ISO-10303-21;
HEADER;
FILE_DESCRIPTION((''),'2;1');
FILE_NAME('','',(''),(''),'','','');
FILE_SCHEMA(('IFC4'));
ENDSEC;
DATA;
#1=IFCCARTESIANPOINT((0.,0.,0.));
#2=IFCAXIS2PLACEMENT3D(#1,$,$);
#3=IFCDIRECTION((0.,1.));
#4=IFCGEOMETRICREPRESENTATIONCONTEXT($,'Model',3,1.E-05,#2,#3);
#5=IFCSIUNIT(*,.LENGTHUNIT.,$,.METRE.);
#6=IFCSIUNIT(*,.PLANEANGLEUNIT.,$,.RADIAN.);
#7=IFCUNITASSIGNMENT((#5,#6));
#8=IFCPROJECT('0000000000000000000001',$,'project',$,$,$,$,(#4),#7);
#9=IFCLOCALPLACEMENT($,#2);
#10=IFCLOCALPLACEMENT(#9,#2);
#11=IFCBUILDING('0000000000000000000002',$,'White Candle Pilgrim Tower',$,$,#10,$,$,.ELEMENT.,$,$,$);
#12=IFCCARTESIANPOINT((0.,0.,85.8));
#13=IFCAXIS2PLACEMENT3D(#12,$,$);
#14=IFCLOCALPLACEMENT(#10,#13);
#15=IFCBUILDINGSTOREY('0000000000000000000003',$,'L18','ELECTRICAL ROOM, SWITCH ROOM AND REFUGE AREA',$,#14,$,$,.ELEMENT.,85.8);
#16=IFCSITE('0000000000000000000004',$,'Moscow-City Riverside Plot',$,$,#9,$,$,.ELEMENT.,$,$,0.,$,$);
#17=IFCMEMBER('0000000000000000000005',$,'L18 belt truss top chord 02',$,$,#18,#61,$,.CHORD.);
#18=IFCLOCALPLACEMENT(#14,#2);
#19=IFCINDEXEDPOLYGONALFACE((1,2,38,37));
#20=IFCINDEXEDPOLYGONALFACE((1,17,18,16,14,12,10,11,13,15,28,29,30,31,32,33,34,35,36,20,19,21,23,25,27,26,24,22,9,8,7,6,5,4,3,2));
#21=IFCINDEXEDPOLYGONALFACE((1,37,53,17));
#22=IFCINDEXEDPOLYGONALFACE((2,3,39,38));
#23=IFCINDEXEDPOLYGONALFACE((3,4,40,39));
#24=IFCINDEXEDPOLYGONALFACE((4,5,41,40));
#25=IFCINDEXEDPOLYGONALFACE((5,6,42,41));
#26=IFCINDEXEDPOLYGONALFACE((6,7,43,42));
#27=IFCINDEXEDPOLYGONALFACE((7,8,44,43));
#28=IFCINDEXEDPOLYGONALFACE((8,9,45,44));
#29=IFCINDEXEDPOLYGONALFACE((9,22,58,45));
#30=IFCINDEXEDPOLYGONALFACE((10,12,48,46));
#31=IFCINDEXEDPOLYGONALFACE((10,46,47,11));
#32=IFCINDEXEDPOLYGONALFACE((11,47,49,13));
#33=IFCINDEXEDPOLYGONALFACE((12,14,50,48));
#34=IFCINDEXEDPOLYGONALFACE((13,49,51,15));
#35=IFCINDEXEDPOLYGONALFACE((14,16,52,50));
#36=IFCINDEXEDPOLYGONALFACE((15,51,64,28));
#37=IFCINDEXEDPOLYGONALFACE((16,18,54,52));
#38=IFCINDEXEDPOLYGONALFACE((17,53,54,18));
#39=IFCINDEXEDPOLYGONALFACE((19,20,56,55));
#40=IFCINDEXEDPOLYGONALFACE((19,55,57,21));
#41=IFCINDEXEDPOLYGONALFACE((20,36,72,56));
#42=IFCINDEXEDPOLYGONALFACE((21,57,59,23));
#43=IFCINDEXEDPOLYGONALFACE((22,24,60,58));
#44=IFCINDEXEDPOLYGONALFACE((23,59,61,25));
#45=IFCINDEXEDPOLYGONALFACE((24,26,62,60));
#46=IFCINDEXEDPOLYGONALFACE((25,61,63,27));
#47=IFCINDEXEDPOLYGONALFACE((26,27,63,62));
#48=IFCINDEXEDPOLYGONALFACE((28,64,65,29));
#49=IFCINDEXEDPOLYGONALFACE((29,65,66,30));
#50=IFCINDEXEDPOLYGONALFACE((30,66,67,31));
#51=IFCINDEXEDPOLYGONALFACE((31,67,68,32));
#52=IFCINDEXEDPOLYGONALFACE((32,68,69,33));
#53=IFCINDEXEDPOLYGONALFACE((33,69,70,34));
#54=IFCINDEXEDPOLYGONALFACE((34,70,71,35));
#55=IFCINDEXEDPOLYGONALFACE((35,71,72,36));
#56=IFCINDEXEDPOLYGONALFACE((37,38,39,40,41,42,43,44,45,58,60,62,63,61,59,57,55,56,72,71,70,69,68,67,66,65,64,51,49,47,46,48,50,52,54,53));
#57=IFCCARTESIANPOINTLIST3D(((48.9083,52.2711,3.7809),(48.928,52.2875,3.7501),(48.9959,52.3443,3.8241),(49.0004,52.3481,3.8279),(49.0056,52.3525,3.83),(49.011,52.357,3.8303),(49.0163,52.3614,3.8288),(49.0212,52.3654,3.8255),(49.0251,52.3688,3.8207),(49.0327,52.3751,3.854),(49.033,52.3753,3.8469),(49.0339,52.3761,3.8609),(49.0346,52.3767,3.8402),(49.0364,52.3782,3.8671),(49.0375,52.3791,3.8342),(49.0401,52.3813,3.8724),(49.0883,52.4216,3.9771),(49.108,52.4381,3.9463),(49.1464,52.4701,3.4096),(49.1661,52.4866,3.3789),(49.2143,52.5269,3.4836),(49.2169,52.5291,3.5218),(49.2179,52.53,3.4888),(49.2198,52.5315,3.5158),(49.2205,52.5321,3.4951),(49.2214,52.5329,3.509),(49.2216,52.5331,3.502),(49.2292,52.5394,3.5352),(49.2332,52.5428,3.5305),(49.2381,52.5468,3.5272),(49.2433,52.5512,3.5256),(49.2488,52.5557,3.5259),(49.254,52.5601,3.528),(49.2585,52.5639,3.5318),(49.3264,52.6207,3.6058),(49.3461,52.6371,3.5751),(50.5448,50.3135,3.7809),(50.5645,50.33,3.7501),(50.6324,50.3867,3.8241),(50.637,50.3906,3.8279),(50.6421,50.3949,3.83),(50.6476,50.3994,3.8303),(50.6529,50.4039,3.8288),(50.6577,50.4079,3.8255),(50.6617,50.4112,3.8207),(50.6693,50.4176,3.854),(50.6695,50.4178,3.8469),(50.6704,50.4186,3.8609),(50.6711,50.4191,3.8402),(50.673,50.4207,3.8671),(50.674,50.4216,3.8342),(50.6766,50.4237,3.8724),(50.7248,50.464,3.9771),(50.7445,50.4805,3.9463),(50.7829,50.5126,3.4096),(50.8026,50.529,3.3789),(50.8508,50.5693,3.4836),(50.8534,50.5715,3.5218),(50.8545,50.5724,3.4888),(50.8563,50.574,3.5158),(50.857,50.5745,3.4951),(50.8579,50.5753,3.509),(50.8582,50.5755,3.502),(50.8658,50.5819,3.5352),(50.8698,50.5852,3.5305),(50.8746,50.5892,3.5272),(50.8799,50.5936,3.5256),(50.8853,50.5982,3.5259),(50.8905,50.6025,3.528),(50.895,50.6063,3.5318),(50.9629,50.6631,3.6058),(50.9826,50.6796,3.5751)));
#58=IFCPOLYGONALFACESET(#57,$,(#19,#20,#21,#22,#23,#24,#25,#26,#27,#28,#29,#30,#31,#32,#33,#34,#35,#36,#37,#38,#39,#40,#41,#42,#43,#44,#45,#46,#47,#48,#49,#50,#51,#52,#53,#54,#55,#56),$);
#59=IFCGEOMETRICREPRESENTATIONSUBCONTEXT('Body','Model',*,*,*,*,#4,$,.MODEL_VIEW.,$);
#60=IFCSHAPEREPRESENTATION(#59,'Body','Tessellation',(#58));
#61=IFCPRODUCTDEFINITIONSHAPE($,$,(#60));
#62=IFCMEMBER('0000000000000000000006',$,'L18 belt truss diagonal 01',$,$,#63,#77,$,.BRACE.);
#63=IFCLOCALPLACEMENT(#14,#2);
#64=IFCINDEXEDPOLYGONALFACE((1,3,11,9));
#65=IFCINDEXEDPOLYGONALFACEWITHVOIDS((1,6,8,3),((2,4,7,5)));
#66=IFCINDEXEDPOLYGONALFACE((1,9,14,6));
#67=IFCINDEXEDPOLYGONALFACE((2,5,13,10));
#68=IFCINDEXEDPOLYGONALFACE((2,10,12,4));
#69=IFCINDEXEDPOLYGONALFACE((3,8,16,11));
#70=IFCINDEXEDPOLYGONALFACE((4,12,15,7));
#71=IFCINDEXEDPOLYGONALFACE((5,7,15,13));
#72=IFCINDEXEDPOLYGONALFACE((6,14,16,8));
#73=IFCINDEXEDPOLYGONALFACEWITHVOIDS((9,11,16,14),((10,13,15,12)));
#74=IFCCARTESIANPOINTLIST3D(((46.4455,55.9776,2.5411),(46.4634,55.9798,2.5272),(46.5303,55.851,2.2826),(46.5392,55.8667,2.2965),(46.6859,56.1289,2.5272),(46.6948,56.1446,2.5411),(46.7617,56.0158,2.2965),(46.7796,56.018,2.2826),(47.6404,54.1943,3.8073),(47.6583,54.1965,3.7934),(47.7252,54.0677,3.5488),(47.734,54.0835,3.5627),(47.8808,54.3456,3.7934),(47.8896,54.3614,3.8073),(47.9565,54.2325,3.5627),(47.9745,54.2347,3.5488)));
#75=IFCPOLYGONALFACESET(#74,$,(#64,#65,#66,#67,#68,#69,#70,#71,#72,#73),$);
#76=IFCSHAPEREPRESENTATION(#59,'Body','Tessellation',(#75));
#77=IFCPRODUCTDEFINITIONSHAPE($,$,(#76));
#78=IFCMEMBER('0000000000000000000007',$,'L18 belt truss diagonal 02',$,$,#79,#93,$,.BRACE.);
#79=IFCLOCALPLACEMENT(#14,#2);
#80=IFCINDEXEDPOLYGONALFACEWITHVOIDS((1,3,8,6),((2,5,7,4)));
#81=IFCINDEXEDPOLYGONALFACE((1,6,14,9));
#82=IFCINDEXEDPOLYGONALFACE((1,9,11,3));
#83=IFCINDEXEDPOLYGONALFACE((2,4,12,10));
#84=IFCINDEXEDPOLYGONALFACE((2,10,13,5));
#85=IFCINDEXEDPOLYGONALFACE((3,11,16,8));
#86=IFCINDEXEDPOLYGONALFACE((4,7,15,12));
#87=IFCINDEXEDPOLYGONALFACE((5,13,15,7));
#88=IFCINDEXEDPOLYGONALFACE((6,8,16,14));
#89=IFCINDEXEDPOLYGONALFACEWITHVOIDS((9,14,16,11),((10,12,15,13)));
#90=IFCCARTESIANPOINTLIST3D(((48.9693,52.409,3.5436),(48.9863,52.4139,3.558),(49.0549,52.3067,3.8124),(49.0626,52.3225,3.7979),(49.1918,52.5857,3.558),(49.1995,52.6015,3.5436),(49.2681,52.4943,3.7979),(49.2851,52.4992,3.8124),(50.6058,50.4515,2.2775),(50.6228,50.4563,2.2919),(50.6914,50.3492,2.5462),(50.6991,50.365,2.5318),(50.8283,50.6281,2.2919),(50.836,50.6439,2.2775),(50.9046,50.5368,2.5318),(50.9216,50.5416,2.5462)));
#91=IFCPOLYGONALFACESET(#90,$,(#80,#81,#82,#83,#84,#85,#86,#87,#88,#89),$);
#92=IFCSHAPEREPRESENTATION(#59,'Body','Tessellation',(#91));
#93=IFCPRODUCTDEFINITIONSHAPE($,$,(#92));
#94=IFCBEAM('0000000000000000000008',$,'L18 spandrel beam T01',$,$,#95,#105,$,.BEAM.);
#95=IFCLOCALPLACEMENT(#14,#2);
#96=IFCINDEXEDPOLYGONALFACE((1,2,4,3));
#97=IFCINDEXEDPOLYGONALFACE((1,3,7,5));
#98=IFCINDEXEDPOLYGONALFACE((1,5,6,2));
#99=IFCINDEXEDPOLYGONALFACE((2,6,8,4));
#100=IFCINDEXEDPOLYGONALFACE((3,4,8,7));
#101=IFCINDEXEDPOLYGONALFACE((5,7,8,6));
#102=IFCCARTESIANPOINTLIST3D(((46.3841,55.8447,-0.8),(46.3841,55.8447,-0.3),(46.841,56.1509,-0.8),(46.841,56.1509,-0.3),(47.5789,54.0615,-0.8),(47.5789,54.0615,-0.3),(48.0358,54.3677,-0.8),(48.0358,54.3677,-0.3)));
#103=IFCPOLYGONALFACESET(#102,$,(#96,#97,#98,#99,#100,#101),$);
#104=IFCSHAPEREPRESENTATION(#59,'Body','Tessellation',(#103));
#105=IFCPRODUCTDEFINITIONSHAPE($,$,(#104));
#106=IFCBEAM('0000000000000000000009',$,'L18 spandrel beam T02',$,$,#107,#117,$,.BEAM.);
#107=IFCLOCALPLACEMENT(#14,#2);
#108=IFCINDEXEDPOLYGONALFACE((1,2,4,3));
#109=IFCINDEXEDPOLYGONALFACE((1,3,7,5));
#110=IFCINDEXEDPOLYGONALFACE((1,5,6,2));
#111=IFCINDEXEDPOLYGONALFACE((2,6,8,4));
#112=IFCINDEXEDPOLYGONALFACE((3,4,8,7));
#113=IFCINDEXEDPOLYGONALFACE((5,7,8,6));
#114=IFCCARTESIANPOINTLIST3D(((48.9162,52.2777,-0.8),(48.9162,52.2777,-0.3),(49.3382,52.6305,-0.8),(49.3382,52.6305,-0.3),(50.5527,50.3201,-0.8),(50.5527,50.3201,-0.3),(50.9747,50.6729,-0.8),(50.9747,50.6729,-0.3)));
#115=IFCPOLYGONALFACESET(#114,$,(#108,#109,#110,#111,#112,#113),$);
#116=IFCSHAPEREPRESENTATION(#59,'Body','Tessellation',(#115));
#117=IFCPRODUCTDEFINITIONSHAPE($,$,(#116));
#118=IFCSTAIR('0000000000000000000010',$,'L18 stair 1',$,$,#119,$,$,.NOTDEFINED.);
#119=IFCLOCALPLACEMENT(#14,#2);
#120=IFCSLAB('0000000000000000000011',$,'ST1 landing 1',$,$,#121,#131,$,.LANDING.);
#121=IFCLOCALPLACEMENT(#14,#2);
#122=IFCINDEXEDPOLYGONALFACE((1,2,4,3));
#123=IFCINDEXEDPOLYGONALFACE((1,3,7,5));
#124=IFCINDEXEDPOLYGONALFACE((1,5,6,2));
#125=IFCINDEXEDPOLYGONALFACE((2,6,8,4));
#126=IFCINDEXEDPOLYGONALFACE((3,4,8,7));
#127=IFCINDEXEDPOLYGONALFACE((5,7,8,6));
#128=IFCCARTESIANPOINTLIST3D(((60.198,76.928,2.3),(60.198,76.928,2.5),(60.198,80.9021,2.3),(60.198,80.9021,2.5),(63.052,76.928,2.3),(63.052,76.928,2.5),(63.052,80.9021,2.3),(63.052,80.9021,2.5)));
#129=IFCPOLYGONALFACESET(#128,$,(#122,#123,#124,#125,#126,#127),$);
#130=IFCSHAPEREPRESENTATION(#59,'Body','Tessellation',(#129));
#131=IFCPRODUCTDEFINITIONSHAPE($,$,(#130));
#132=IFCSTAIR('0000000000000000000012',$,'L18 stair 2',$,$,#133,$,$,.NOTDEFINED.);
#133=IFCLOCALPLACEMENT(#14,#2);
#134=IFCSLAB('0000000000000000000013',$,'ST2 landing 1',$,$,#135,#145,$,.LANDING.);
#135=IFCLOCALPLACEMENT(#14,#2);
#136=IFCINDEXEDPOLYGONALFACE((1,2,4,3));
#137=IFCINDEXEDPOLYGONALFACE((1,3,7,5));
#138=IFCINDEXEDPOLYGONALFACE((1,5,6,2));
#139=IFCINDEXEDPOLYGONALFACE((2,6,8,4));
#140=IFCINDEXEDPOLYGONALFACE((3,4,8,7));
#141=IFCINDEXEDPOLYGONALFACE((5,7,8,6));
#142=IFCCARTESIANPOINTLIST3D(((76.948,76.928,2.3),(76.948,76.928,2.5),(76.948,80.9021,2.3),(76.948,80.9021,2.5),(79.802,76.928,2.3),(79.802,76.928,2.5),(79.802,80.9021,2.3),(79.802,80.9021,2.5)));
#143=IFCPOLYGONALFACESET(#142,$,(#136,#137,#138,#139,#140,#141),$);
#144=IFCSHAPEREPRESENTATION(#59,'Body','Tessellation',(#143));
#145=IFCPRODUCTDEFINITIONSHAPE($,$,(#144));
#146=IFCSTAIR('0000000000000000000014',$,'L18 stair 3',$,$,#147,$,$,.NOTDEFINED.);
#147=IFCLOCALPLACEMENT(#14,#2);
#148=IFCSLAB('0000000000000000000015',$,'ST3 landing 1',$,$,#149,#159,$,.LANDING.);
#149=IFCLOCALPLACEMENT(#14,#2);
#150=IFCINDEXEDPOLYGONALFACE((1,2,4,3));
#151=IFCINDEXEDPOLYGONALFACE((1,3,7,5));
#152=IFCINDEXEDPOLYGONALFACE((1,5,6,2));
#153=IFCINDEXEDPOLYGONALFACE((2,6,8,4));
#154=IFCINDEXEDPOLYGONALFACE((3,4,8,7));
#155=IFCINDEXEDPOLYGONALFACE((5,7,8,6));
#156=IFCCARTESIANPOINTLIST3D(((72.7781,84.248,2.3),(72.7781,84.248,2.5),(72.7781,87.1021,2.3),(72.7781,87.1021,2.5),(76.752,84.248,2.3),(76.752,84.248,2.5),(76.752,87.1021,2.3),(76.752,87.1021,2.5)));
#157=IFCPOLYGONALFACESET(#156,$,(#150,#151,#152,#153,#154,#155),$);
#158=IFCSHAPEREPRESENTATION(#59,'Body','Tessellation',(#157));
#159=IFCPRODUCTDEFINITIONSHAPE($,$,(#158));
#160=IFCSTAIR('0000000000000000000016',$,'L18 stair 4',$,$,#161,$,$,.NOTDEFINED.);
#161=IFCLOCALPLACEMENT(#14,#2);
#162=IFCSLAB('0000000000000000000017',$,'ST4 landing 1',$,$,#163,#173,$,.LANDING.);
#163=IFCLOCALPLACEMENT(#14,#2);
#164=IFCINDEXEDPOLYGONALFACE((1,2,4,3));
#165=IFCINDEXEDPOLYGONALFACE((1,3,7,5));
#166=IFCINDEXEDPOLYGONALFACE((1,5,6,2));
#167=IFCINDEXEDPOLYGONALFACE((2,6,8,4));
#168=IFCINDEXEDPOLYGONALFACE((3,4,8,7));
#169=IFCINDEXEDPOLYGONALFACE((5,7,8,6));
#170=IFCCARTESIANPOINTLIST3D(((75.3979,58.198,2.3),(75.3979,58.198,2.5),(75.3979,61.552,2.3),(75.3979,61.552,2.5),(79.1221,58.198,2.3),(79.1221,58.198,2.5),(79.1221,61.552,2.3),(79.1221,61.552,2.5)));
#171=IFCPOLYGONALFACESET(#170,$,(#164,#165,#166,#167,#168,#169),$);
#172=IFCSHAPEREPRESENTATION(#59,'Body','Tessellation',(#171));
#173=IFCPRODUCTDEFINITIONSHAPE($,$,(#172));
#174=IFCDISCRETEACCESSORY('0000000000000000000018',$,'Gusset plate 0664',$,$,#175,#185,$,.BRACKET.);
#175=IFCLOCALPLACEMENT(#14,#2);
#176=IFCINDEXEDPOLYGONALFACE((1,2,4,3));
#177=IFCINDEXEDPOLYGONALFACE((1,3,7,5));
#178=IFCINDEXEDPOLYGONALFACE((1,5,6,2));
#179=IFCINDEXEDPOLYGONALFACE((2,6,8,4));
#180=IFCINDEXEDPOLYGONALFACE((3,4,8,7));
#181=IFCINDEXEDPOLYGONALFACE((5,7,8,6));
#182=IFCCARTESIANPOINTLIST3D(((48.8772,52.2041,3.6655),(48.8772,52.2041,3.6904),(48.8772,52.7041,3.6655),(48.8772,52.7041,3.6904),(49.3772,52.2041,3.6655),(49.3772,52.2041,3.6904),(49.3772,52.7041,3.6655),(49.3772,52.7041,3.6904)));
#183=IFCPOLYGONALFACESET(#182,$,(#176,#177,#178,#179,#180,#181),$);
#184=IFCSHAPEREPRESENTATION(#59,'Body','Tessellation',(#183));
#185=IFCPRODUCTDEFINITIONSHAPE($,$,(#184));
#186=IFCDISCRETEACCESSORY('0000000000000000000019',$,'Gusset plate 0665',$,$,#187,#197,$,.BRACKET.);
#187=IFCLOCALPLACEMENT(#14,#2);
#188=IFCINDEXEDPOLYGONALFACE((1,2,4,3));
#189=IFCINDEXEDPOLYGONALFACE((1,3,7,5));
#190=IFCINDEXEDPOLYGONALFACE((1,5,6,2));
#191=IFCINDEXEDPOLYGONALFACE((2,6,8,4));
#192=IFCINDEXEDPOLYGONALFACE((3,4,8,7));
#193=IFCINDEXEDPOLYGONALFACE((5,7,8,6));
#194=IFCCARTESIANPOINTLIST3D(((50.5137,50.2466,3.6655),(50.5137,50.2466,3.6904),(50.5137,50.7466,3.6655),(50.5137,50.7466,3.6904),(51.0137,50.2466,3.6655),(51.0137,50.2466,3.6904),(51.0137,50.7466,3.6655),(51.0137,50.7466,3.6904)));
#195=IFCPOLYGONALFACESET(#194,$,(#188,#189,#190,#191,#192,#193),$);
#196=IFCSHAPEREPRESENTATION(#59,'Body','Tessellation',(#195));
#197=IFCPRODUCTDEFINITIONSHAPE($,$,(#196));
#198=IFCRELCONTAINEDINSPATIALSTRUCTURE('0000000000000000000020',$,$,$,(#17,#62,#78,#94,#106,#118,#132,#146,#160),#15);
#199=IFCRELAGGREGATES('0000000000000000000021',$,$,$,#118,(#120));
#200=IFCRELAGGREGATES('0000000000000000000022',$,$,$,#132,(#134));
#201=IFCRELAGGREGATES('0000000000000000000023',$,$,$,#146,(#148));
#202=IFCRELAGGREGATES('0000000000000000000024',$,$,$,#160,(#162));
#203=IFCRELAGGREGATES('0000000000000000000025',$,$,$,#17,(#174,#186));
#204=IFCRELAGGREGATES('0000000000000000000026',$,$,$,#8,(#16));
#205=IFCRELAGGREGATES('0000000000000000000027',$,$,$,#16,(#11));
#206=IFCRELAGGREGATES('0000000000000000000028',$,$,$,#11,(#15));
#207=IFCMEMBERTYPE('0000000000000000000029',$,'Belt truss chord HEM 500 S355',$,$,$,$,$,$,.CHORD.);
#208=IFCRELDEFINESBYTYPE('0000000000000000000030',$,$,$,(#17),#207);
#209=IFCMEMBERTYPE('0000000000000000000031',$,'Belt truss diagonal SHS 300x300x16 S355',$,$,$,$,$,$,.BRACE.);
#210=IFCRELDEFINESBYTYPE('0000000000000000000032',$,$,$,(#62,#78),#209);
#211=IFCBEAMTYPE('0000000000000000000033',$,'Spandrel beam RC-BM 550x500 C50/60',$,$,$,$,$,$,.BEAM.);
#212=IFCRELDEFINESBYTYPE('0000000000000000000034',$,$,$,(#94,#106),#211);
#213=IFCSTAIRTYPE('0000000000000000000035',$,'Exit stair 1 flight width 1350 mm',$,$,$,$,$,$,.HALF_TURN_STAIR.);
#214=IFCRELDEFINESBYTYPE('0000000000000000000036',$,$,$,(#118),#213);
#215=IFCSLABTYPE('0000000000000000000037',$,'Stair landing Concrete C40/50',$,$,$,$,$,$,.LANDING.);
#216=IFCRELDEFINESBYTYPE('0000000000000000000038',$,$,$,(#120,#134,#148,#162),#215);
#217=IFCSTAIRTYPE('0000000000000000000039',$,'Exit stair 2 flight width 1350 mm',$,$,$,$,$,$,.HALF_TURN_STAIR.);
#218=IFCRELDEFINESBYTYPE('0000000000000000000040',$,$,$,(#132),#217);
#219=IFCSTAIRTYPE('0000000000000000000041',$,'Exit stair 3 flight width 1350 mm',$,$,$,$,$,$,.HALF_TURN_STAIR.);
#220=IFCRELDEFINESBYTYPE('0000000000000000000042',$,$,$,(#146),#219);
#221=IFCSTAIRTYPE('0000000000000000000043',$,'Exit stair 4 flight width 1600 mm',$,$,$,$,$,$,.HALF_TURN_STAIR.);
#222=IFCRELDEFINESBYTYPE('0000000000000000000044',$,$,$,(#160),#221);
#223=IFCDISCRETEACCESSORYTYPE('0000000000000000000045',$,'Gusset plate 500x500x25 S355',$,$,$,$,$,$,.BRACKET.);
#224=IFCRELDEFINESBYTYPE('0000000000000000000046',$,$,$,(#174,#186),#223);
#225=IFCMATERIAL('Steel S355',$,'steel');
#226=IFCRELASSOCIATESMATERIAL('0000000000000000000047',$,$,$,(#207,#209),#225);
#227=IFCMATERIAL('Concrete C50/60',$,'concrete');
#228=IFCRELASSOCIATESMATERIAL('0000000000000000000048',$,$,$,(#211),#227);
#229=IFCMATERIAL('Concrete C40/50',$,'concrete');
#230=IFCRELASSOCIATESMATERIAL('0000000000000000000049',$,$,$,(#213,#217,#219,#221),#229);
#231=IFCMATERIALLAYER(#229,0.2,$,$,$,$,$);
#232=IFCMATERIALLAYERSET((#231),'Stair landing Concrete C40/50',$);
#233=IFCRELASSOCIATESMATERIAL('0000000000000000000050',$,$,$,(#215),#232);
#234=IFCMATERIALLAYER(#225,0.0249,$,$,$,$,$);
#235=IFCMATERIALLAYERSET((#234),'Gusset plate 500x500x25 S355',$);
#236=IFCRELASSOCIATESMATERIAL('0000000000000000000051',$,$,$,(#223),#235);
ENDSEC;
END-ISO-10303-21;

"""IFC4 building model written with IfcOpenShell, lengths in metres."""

from ifc_helpers import new_model, si_unit, direction, frame, origin, origin_2d, place, context, subcontext, project, spatial, polyline, rectangle, hollow_rectangle, i_section, outline, extrude, material, layer, layer_set, material_profile, profile_set, type_object, element, aggregate, save


model = new_model("IFC4")

# Units and contexts
model_context = context("Model", 3, precision=1e-05, world=origin(), true_north=direction((0.0, 1.0)))
body_context = subcontext(model_context, "Body", "Model", "MODEL_VIEW")
ifc_project = project(units=[si_unit("LENGTHUNIT", "METRE"), si_unit("PLANEANGLEUNIT", "RADIAN")], contexts=[model_context])

# Site, building, storey
site_placement = place(None, origin())
site = spatial("IfcSite", under=ifc_project, at=site_placement, Name="Moscow-City Riverside Plot", CompositionType="ELEMENT", RefElevation=0.0)
building_placement = place(site_placement, origin())
building = spatial("IfcBuilding", under=site, at=building_placement, Name="White Candle Pilgrim Tower", CompositionType="ELEMENT")
storey_placement = place(building_placement, frame((0.0, 0.0, 85.8)))
storey = spatial("IfcBuildingStorey", under=building, at=storey_placement, Name="L18", Description="ELECTRICAL ROOM, SWITCH ROOM AND REFUGE AREA", CompositionType="ELEMENT", Elevation=85.8)

# Member
ifc_material_1 = material(Name="Steel S355", Category="steel")
ifc_material_profile_1 = material_profile(ifc_material_1, i_section(OverallWidth=0.3059, OverallDepth=0.5239, WebThickness=0.021, FlangeThickness=0.04, FilletRadius=0.0271, at=origin_2d()), Name="HEM 500")
ifc_profile_set_1 = profile_set([ifc_material_profile_1], Name="Steel S355")
member_type_1 = type_object("IfcMemberType", Name="Belt truss chord HEM 500 S355", PredefinedType="CHORD", material=ifc_profile_set_1)
member_1_placement = place(storey_placement, frame((49.1272, 52.4541, 3.678), z_axis=(0.641388, -0.767216, 0.0), x_axis=(0.588617, 0.492081, 0.641394)))
member_1 = element("IfcMember", 1, at=member_1_placement, inside=storey, type_object=member_type_1, Name="L18 belt truss top chord 02", PredefinedType="CHORD", context=body_context, shape_type="SweptSolid", body=[
    extrude(i_section(OverallWidth=0.3059, OverallDepth=0.5239, WebThickness=0.021, FlangeThickness=0.04, FilletRadius=0.0271, at=origin_2d()), origin(), (0.0, 0.0, 1.0), 2.5515),
])

# Members
ifc_material_profile_2 = material_profile(ifc_material_1, hollow_rectangle(XDim=0.3, YDim=0.3, WallThickness=0.0161, at=origin_2d()), Name="SHS 300x300x16")
ifc_profile_set_2 = profile_set([ifc_material_profile_2], Name="Steel S355")
member_type_2 = type_object("IfcMemberType", Name="Belt truss diagonal SHS 300x300x16 S355", PredefinedType="BRACE", material=ifc_profile_set_2)
member_2_placement = place(storey_placement, frame((46.6125, 55.9978, 2.4119), z_axis=(0.479449, -0.715548, 0.508055), x_axis=(0.830753, 0.556641, 0.0)))
element("IfcMember", 2, at=member_2_placement, inside=storey, type_object=member_type_2, Name="L18 belt truss diagonal 01", PredefinedType="BRACE", context=body_context, shape_type="SweptSolid", body=[
    extrude(hollow_rectangle(XDim=0.3, YDim=0.3, WallThickness=0.0161, at=origin_2d()), origin(), (0.0, 0.0, 1.0), 2.4922),
])
member_3_placement = place(storey_placement, frame((49.1272, 52.4541, 3.678), z_axis=(0.574539, -0.687252, -0.444511), x_axis=(0.767216, 0.641388, 0.0)))
element("IfcMember", 3, at=member_3_placement, inside=storey, type_object=member_type_2, Name="L18 belt truss diagonal 02", PredefinedType="BRACE", context=body_context, shape_type="SweptSolid", body=[
    extrude(hollow_rectangle(XDim=0.3, YDim=0.3, WallThickness=0.0161, at=origin_2d()), origin(), (0.0, 0.0, 1.0), 2.8484),
])

# Beams
ifc_material_2 = material(Name="Concrete C50/60", Category="concrete")
ifc_material_profile_3 = material_profile(ifc_material_2, rectangle(XDim=0.55, YDim=0.5, at=origin_2d()), Name="RC-BM 550x500")
ifc_profile_set_3 = profile_set([ifc_material_profile_3], Name="Concrete C50/60")
beam_type = type_object("IfcBeamType", Name="Spandrel beam RC-BM 550x500 C50/60", PredefinedType="BEAM", material=ifc_profile_set_3)
beam_1_placement = place(storey_placement, frame((46.6125, 55.9978, -0.55), z_axis=(0.556641, -0.830753, 0.0), x_axis=(0.830753, 0.556641, 0.0)))
element("IfcBeam", 4, at=beam_1_placement, inside=storey, type_object=beam_type, Name="L18 spandrel beam T01", PredefinedType="BEAM", context=body_context, shape_type="SweptSolid", body=[
    extrude(rectangle(XDim=0.55, YDim=0.5, at=origin_2d()), origin(), (0.0, 0.0, 1.0), 2.1465),
])
beam_2_placement = place(storey_placement, frame((49.1272, 52.4541, -0.55), z_axis=(0.641388, -0.767216, 0.0), x_axis=(0.767216, 0.641388, 0.0)))
element("IfcBeam", 5, at=beam_2_placement, inside=storey, type_object=beam_type, Name="L18 spandrel beam T02", PredefinedType="BEAM", context=body_context, shape_type="SweptSolid", body=[
    extrude(rectangle(XDim=0.55, YDim=0.5, at=origin_2d()), origin(), (0.0, 0.0, 1.0), 2.5515),
])

# Stairs, slabs
ifc_material_3 = material(Name="Concrete C40/50", Category="concrete")
stair_type_1 = type_object("IfcStairType", Name="Exit stair 1 flight width 1350 mm", PredefinedType="HALF_TURN_STAIR", material=ifc_material_3)
stair_1_placement = place(storey_placement, origin())
stair_1 = element("IfcStair", 6, at=stair_1_placement, inside=storey, type_object=stair_type_1, Name="L18 stair 1", PredefinedType="NOTDEFINED")
ifc_layer_1 = layer(ifc_material_3, 0.2)
ifc_layer_set_1 = layer_set([ifc_layer_1], Name="Stair landing Concrete C40/50")
slab_type = type_object("IfcSlabType", Name="Stair landing Concrete C40/50", PredefinedType="LANDING", material=ifc_layer_set_1)
slab_1_placement = place(storey_placement, frame((0.0, 0.0, 2.3)))
slab_1 = element("IfcSlab", 7, at=slab_1_placement, type_object=slab_type, Name="ST1 landing 1", PredefinedType="LANDING", context=body_context, shape_type="SweptSolid", body=[
    extrude(outline(polyline([(63.052, 76.928), (60.198, 76.928), (60.198, 80.9021), (63.052, 80.9021), (63.052, 76.928)])), origin(), (0.0, 0.0, 1.0), 0.2),
])
aggregate(stair_1, [slab_1])
stair_type_2 = type_object("IfcStairType", Name="Exit stair 2 flight width 1350 mm", PredefinedType="HALF_TURN_STAIR", material=ifc_material_3)
stair_2_placement = place(storey_placement, origin())
stair_2 = element("IfcStair", 8, at=stair_2_placement, inside=storey, type_object=stair_type_2, Name="L18 stair 2", PredefinedType="NOTDEFINED")
slab_2_placement = place(storey_placement, frame((0.0, 0.0, 2.3)))
slab_2 = element("IfcSlab", 9, at=slab_2_placement, type_object=slab_type, Name="ST2 landing 1", PredefinedType="LANDING", context=body_context, shape_type="SweptSolid", body=[
    extrude(outline(polyline([(79.802, 76.928), (76.948, 76.928), (76.948, 80.9021), (79.802, 80.9021), (79.802, 76.928)])), origin(), (0.0, 0.0, 1.0), 0.2),
])
aggregate(stair_2, [slab_2])
stair_type_3 = type_object("IfcStairType", Name="Exit stair 3 flight width 1350 mm", PredefinedType="HALF_TURN_STAIR", material=ifc_material_3)
stair_3_placement = place(storey_placement, origin())
stair_3 = element("IfcStair", 10, at=stair_3_placement, inside=storey, type_object=stair_type_3, Name="L18 stair 3", PredefinedType="NOTDEFINED")
slab_3_placement = place(storey_placement, frame((0.0, 0.0, 2.3)))
slab_3 = element("IfcSlab", 11, at=slab_3_placement, type_object=slab_type, Name="ST3 landing 1", PredefinedType="LANDING", context=body_context, shape_type="SweptSolid", body=[
    extrude(outline(polyline([(72.7781, 84.248), (72.7781, 87.1021), (76.752, 87.1021), (76.752, 84.248), (72.7781, 84.248)])), origin(), (0.0, 0.0, 1.0), 0.2),
])
aggregate(stair_3, [slab_3])
stair_type_4 = type_object("IfcStairType", Name="Exit stair 4 flight width 1600 mm", PredefinedType="HALF_TURN_STAIR", material=ifc_material_3)
stair_4_placement = place(storey_placement, origin())
stair_4 = element("IfcStair", 12, at=stair_4_placement, inside=storey, type_object=stair_type_4, Name="L18 stair 4", PredefinedType="NOTDEFINED")
slab_4_placement = place(storey_placement, frame((0.0, 0.0, 2.3)))
slab_4 = element("IfcSlab", 13, at=slab_4_placement, type_object=slab_type, Name="ST4 landing 1", PredefinedType="LANDING", context=body_context, shape_type="SweptSolid", body=[
    extrude(outline(polyline([(79.1221, 61.552), (79.1221, 58.198), (75.3979, 58.198), (75.3979, 61.552), (79.1221, 61.552)])), origin(), (0.0, 0.0, 1.0), 0.2),
])
aggregate(stair_4, [slab_4])

# Discrete accessories
ifc_layer_2 = layer(ifc_material_1, 0.0249)
ifc_layer_set_2 = layer_set([ifc_layer_2], Name="Gusset plate 500x500x25 S355")
discrete_accessory_type = type_object("IfcDiscreteAccessoryType", Name="Gusset plate 500x500x25 S355", PredefinedType="BRACKET", material=ifc_layer_set_2)
discrete_accessory_1_placement = place(storey_placement, frame((49.1272, 52.4541, 3.6655), z_axis=(0.0, 0.0, 1.0), x_axis=(1.0, 0.0, 0.0)))
discrete_accessory_1 = element("IfcDiscreteAccessory", 14, at=discrete_accessory_1_placement, type_object=discrete_accessory_type, Name="Gusset plate 0664", PredefinedType="BRACKET", context=body_context, shape_type="SweptSolid", body=[
    extrude(rectangle(XDim=0.5, YDim=0.5, at=origin_2d()), origin(), (0.0, 0.0, 1.0), 0.0249),
])
discrete_accessory_2_placement = place(storey_placement, frame((50.7637, 50.4966, 3.6655), z_axis=(0.0, 0.0, 1.0), x_axis=(1.0, 0.0, 0.0)))
discrete_accessory_2 = element("IfcDiscreteAccessory", 15, at=discrete_accessory_2_placement, type_object=discrete_accessory_type, Name="Gusset plate 0665", PredefinedType="BRACKET", context=body_context, shape_type="SweptSolid", body=[
    extrude(rectangle(XDim=0.5, YDim=0.5, at=origin_2d()), origin(), (0.0, 0.0, 1.0), 0.0249),
])
aggregate(member_1, [discrete_accessory_1, discrete_accessory_2])

save(model, "model.ifc")
